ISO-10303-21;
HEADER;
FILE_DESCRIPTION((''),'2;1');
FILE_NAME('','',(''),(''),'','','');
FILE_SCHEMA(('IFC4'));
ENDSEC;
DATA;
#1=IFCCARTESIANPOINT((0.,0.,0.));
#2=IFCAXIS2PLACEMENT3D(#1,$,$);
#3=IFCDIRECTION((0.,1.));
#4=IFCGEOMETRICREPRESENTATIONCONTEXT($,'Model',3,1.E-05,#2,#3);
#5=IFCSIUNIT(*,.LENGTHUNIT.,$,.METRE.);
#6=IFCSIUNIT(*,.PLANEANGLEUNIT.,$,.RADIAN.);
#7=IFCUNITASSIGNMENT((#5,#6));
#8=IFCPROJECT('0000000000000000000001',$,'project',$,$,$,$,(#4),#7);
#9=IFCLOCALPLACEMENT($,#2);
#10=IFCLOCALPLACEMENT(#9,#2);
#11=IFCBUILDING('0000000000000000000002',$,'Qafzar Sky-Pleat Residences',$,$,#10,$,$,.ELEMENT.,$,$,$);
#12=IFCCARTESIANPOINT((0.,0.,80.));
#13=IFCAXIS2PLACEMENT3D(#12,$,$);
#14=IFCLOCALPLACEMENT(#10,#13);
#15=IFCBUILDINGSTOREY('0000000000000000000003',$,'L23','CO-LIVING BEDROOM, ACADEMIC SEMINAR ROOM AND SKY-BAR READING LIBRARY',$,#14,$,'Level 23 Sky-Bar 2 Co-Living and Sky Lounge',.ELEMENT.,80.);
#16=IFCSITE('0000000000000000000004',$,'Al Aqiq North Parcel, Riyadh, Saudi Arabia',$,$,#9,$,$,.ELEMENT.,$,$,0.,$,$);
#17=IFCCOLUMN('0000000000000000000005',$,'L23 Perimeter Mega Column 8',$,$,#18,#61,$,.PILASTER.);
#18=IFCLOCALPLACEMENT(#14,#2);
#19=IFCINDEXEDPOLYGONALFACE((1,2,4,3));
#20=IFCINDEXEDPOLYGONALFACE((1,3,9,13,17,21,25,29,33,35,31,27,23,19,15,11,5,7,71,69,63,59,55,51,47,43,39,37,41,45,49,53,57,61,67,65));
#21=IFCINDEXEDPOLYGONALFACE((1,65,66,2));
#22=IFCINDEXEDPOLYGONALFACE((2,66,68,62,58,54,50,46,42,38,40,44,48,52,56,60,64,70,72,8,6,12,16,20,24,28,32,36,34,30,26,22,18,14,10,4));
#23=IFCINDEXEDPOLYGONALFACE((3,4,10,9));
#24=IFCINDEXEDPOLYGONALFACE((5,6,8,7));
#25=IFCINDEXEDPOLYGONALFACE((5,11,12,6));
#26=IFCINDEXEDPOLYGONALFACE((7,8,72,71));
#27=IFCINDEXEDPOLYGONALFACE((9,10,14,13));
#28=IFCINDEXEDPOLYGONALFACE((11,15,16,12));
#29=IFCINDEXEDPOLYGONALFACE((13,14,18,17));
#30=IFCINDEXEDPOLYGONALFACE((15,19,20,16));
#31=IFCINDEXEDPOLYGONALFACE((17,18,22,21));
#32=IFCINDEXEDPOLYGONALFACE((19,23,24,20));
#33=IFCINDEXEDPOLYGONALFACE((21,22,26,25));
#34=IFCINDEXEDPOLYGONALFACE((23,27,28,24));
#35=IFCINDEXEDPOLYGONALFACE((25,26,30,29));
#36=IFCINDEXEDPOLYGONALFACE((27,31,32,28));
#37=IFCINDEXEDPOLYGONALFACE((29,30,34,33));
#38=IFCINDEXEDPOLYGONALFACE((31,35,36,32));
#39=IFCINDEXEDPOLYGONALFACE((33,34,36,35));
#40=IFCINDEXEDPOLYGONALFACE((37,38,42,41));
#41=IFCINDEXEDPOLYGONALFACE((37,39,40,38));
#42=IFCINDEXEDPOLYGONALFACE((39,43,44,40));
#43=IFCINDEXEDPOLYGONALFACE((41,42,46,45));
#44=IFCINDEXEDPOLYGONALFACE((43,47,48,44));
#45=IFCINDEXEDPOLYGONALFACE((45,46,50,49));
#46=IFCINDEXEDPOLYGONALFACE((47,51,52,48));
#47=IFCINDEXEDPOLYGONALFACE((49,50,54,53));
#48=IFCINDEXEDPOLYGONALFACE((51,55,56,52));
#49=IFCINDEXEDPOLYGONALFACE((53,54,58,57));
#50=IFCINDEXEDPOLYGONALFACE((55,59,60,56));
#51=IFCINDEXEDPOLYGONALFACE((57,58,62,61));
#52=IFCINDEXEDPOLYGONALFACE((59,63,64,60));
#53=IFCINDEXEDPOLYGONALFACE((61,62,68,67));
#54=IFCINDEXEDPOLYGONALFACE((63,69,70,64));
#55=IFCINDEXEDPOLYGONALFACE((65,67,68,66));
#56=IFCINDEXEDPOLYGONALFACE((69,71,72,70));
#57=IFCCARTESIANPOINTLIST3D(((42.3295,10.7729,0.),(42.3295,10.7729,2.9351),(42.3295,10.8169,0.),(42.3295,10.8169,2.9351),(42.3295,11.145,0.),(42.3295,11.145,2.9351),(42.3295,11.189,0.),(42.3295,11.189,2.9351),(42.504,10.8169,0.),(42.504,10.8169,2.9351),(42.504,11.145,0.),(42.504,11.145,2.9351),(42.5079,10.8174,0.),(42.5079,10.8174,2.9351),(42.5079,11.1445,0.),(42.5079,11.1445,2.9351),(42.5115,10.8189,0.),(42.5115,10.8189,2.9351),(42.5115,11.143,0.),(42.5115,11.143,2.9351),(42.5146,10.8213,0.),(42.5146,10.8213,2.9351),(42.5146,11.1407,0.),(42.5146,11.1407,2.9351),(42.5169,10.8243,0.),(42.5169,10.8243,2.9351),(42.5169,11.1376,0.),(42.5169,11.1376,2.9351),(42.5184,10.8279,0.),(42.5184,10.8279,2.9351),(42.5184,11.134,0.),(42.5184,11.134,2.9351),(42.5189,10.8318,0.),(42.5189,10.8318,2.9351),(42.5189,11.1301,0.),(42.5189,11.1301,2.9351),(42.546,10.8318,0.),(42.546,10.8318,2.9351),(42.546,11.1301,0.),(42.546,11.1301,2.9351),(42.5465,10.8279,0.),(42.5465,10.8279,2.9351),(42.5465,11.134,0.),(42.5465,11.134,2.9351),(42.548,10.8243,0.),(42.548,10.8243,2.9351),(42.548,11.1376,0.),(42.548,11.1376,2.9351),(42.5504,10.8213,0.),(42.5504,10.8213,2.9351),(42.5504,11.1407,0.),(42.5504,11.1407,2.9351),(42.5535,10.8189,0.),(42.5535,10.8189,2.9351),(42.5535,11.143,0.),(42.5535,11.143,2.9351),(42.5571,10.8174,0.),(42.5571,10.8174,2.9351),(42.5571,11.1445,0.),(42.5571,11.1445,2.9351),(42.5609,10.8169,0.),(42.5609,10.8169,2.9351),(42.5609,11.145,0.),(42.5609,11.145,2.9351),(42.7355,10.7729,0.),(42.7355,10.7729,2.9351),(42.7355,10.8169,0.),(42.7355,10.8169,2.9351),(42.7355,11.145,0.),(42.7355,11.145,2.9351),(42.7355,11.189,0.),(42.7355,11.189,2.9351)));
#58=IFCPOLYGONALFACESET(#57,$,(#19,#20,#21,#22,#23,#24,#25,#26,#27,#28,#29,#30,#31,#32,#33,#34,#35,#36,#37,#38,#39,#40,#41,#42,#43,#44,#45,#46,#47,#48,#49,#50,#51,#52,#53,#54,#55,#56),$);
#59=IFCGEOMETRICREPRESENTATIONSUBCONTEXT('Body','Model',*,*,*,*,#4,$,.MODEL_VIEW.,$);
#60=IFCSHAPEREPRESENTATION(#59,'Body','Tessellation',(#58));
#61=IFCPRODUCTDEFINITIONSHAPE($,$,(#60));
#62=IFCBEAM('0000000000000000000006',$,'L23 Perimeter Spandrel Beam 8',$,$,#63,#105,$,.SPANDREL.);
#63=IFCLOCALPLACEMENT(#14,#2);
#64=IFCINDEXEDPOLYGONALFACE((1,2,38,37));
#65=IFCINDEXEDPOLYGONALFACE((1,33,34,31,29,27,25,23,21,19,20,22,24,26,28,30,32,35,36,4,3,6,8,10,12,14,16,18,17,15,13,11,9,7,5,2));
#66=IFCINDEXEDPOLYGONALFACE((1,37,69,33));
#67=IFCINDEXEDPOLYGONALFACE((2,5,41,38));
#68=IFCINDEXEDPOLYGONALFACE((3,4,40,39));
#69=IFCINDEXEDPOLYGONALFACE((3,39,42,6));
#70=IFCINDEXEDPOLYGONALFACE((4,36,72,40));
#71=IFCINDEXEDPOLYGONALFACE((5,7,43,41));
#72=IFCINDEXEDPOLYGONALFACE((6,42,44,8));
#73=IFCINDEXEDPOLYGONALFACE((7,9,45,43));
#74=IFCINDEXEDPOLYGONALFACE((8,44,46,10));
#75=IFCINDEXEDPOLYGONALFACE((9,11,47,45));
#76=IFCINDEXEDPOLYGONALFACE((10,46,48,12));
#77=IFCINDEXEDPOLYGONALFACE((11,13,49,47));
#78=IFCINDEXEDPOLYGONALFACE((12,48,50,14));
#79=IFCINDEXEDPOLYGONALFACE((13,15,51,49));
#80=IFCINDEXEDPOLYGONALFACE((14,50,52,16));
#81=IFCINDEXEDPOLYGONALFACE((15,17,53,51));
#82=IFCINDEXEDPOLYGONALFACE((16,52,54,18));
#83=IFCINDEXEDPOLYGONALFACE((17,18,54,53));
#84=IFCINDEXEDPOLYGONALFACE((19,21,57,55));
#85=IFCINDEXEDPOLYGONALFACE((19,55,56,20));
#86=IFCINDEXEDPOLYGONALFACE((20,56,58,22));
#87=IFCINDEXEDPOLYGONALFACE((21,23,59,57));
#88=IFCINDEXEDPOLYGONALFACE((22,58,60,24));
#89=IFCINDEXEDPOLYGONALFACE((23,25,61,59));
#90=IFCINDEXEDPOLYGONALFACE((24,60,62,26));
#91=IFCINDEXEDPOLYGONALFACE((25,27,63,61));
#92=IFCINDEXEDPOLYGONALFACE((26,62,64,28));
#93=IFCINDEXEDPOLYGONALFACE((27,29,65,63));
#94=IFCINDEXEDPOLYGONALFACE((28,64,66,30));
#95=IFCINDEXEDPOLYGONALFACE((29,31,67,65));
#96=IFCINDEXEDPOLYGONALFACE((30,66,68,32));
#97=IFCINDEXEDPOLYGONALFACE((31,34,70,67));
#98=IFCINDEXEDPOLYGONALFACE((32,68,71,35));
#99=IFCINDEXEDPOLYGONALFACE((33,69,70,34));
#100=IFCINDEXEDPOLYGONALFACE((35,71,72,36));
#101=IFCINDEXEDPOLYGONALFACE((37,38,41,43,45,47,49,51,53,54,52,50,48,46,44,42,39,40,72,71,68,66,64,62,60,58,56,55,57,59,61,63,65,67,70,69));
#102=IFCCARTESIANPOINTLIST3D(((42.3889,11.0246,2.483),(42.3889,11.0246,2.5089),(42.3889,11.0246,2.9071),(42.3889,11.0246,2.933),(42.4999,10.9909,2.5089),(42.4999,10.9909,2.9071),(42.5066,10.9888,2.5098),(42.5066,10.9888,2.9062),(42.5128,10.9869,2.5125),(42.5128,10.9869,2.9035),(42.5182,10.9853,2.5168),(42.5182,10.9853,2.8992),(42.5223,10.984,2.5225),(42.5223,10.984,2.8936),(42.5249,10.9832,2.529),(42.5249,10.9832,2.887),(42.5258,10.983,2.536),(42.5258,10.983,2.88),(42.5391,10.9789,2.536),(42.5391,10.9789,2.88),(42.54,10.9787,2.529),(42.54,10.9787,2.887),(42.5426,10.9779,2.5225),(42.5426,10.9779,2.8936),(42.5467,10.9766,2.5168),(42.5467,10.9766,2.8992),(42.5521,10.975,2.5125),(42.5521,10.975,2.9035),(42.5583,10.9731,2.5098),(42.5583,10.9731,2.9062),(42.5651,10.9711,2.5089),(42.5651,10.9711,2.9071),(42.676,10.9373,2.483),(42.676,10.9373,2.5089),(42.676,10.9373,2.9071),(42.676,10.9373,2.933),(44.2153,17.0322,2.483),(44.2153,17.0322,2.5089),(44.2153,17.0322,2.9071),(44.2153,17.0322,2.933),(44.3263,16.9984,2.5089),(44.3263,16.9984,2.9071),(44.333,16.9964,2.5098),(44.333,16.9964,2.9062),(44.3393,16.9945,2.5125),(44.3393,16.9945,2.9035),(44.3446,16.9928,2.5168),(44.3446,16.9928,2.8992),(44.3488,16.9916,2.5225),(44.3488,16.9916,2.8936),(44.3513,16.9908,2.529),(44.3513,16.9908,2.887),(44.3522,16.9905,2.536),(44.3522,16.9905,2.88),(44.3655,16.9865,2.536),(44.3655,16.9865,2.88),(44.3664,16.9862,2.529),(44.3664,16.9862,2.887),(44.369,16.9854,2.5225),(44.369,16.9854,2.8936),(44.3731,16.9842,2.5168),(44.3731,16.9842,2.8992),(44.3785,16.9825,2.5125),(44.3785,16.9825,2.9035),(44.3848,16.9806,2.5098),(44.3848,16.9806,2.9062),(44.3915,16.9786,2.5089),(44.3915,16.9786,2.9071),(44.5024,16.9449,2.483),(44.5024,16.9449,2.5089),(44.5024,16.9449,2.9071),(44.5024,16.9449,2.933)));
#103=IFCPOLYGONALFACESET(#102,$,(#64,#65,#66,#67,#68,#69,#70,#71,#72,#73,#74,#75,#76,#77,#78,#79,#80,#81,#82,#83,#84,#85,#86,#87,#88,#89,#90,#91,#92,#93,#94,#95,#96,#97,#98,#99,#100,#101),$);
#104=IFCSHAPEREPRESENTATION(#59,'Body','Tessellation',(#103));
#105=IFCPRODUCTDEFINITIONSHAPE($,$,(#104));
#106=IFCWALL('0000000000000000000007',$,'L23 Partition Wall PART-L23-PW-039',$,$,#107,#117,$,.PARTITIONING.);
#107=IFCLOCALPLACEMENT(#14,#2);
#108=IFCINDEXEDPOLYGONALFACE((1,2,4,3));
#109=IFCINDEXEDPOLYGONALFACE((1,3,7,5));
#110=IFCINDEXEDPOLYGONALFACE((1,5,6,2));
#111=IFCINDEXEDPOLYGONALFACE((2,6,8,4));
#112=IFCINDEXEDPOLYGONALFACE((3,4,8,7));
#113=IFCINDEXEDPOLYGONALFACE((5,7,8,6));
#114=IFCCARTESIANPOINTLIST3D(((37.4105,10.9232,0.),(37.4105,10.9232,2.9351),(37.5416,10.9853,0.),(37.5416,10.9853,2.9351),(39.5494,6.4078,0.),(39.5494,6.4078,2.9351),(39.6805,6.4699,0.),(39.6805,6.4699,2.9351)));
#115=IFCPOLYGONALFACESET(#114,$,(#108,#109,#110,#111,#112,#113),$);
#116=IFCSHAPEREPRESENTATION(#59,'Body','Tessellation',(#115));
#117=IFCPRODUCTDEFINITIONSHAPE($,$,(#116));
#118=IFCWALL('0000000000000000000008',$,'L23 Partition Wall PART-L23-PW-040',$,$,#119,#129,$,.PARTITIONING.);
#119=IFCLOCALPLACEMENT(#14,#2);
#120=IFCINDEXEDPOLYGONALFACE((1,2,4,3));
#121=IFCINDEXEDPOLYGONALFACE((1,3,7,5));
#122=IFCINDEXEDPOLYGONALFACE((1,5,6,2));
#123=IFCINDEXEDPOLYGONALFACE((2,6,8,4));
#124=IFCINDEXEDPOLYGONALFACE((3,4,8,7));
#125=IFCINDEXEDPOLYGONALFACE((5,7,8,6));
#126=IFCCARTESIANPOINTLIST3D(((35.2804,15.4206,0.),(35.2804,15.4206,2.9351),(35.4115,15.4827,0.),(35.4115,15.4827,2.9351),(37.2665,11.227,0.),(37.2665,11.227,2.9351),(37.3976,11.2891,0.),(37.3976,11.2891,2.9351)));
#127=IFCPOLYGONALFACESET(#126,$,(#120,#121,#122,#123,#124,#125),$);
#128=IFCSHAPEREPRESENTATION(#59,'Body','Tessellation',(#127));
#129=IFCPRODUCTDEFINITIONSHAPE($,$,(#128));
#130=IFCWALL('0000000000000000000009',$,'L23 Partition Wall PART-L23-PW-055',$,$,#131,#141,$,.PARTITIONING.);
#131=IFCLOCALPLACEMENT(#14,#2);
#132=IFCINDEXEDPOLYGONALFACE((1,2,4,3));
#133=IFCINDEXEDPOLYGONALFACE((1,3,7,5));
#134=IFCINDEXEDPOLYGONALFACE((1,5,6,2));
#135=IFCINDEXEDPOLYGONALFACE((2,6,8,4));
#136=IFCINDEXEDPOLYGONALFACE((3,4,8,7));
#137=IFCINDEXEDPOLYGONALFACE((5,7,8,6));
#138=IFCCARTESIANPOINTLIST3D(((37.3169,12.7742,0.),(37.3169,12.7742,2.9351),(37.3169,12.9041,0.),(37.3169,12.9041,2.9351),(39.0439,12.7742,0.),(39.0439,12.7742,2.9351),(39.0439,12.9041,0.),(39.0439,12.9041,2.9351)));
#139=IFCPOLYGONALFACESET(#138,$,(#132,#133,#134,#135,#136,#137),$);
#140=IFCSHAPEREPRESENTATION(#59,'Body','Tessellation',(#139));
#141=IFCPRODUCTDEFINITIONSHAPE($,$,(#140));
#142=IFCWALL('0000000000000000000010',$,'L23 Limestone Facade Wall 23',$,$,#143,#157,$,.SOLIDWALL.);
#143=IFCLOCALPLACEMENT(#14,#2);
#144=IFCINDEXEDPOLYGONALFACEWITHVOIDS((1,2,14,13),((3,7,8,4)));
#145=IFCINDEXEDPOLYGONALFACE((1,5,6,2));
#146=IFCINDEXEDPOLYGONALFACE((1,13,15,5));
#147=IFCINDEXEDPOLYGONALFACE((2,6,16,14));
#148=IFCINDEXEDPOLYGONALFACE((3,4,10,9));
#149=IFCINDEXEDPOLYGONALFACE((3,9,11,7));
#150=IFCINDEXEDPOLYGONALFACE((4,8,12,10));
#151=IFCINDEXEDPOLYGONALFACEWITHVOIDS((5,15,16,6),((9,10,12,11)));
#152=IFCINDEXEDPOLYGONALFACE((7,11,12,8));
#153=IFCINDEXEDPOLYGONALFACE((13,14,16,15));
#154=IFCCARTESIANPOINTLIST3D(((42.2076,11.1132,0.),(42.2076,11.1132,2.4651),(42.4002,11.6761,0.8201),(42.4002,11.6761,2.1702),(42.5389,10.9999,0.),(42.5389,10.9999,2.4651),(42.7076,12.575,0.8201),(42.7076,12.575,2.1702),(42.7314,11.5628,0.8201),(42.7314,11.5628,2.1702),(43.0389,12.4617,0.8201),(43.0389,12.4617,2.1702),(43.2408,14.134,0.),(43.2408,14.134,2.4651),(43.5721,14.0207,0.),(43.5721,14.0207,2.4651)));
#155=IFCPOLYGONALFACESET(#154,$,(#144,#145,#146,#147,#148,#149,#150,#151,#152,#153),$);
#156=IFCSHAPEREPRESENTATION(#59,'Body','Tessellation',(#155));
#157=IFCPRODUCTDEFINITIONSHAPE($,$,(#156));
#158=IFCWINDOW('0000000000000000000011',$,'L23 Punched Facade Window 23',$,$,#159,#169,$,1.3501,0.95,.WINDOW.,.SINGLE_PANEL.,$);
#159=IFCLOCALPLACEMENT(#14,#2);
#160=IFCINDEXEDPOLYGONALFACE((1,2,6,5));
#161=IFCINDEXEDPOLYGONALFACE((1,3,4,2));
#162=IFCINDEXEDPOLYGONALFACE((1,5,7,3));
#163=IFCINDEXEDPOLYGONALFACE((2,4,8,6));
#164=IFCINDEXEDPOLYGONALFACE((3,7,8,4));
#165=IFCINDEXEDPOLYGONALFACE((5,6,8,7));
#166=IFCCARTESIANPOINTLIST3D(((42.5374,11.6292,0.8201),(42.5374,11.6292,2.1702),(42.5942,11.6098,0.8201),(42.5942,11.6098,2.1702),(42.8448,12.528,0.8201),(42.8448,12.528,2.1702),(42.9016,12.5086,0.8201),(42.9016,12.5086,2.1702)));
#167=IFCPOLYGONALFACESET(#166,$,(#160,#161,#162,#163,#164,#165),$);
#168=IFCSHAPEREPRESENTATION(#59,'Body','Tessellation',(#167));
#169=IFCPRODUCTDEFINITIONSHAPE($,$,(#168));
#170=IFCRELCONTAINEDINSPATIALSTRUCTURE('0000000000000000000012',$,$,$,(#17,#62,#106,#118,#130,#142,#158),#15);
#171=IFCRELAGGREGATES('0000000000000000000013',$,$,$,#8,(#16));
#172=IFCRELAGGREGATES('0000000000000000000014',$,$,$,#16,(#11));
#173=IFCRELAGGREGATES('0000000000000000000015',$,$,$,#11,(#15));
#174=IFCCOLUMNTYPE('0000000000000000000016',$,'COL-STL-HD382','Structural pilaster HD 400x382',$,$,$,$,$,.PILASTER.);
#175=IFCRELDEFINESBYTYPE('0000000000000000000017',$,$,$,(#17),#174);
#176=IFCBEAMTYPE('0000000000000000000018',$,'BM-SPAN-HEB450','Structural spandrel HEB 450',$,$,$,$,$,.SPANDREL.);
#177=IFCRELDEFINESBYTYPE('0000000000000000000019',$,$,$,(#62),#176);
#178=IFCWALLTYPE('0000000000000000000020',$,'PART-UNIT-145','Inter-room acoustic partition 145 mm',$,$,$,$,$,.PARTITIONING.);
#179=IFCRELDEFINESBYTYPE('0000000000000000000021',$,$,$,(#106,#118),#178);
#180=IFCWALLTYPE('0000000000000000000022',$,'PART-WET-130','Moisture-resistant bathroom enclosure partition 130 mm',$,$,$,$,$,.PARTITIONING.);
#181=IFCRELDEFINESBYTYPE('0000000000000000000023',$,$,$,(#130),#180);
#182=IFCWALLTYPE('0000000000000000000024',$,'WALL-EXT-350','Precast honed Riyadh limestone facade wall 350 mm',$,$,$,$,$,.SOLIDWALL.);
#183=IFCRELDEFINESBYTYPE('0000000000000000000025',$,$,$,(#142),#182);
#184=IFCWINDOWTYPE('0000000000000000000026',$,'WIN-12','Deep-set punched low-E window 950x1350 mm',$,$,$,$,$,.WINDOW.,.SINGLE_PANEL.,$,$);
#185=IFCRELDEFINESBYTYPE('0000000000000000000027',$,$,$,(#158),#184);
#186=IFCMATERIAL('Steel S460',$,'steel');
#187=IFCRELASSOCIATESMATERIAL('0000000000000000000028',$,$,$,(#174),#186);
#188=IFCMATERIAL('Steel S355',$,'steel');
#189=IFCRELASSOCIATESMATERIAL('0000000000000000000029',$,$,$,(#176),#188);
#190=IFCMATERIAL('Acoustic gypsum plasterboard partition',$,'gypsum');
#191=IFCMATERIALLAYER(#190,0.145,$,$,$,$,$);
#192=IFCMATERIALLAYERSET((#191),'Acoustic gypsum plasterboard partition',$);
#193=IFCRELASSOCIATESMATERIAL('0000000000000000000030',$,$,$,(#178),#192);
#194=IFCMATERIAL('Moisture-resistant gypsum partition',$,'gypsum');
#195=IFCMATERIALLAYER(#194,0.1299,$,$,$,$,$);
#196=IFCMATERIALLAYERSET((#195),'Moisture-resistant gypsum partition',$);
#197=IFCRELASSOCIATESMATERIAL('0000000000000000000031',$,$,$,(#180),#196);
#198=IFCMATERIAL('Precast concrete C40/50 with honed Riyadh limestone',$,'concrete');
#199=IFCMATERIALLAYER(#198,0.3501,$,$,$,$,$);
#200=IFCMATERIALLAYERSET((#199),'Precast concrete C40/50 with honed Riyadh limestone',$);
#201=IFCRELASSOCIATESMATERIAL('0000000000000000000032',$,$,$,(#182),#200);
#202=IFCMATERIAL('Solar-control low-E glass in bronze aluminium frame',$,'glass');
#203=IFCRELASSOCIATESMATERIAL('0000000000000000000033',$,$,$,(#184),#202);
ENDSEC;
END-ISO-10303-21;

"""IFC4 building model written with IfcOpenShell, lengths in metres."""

from ifc_helpers import new_model, si_unit, direction, frame, frame_2d, origin, origin_2d, place, context, subcontext, project, spatial, rectangle, i_section, extrude, source, transform, mapped, material, layer, layer_set, material_profile, profile_set, type_object, element, fill, save


model = new_model("IFC4")

# Units and contexts
model_context = context("Model", 3, precision=1e-05, world=origin(), true_north=direction((0.0, 1.0)))
body_context = subcontext(model_context, "Body", "Model", "MODEL_VIEW")
ifc_project = project(units=[si_unit("LENGTHUNIT", "METRE"), si_unit("PLANEANGLEUNIT", "RADIAN")], contexts=[model_context])

# Site, building, storey
site_placement = place(None, origin())
site = spatial("IfcSite", under=ifc_project, at=site_placement, Name="Al Aqiq North Parcel, Riyadh, Saudi Arabia", CompositionType="ELEMENT", RefElevation=0.0)
building_placement = place(site_placement, origin())
building = spatial("IfcBuilding", under=site, at=building_placement, Name="Qafzar Sky-Pleat Residences", CompositionType="ELEMENT")
storey_placement = place(building_placement, frame((0.0, 0.0, 80.0)))
storey = spatial("IfcBuildingStorey", under=building, at=storey_placement, Name="L23", Description="CO-LIVING BEDROOM, ACADEMIC SEMINAR ROOM AND SKY-BAR READING LIBRARY", LongName="Level 23 Sky-Bar 2 Co-Living and Sky Lounge", CompositionType="ELEMENT", Elevation=80.0)

# Column
ifc_material_1 = material(Name="Steel S460", Category="steel")
ifc_material_profile_1 = material_profile(ifc_material_1, i_section(OverallWidth=0.406, OverallDepth=0.416, WebThickness=0.0271, FlangeThickness=0.0439, FilletRadius=0.0149, at=origin_2d()), Name="HD 400x382")
ifc_profile_set_1 = profile_set([ifc_material_profile_1], Name="Steel S460")
column_type = type_object("IfcColumnType", Name="COL-STL-HD382", Description="Structural pilaster HD 400x382", PredefinedType="PILASTER", material=ifc_profile_set_1)
shared_shape_1 = source(origin(), body_context, "Body", "SweptSolid", [
    extrude(i_section(OverallWidth=0.406, OverallDepth=0.416, WebThickness=0.0271, FlangeThickness=0.0439, FilletRadius=0.0149, at=origin_2d()), origin(), (0.0, 0.0, 1.0), 2.9351),
])
column_placement = place(storey_placement, frame((42.5325, 10.981, 0.0), z_axis=(0.0, 0.0, 1.0), x_axis=(1.0, 0.0, 0.0)))
element("IfcColumn", 1, at=column_placement, inside=storey, type_object=column_type, Name="L23 Perimeter Mega Column 8", PredefinedType="PILASTER", context=body_context, shape_type="MappedRepresentation", body=[
    mapped(shared_shape_1, transform((0.0, 0.0, 0.0), x_axis=(1.0, 0.0, 0.0), y_axis=(0.0, 1.0, 0.0), z_axis=(0.0, 0.0, 1.0), scale=1.0)),
])

# Beam
ifc_material_2 = material(Name="Steel S355", Category="steel")
ifc_material_profile_2 = material_profile(ifc_material_2, i_section(OverallWidth=0.3, OverallDepth=0.45, WebThickness=0.0139, FlangeThickness=0.0259, FilletRadius=0.0271, at=origin_2d()), Name="HEB 450")
ifc_profile_set_2 = profile_set([ifc_material_profile_2], Name="Steel S355")
beam_type = type_object("IfcBeamType", Name="BM-SPAN-HEB450", Description="Structural spandrel HEB 450", PredefinedType="SPANDREL", material=ifc_profile_set_2)
shared_shape_2 = source(origin(), body_context, "Body", "SweptSolid", [
    extrude(i_section(OverallWidth=0.3, OverallDepth=0.45, WebThickness=0.0139, FlangeThickness=0.0259, FilletRadius=0.0271, at=origin_2d()), origin(), (0.0, 0.0, 1.0), 6.2791),
])
beam_placement = place(storey_placement, frame((42.5325, 10.981, 2.708), z_axis=(0.290874, 0.956761, 0.0), x_axis=(-0.956761, 0.290874, 0.0)))
element("IfcBeam", 2, at=beam_placement, inside=storey, type_object=beam_type, Name="L23 Perimeter Spandrel Beam 8", PredefinedType="SPANDREL", context=body_context, shape_type="MappedRepresentation", body=[
    mapped(shared_shape_2, transform((0.0, 0.0, 0.0), x_axis=(1.0, 0.0, 0.0), y_axis=(0.0, 1.0, 0.0), z_axis=(0.0, 0.0, 1.0), scale=1.0)),
])

# Walls
ifc_material_3 = material(Name="Acoustic gypsum plasterboard partition", Category="gypsum")
ifc_layer_1 = layer(ifc_material_3, 0.145)
ifc_layer_set_1 = layer_set([ifc_layer_1], Name="Acoustic gypsum plasterboard partition")
wall_type_1 = type_object("IfcWallType", Name="PART-UNIT-145", Description="Inter-room acoustic partition 145 mm", PredefinedType="PARTITIONING", material=ifc_layer_set_1)
wall_1_placement = place(storey_placement, frame((37.4761, 10.9541, 0.0), z_axis=(0.0, 0.0, 1.0), x_axis=(0.428095, -0.903734, 0.0)))
element("IfcWall", 3, at=wall_1_placement, inside=storey, type_object=wall_type_1, Name="L23 Partition Wall PART-L23-PW-039", PredefinedType="PARTITIONING", context=body_context, shape_type="SweptSolid", body=[
    extrude(rectangle(XDim=4.9963, YDim=0.145, at=frame_2d((2.498, 0.0))), origin(), (0.0, 0.0, 1.0), 2.9351),
])
wall_2_placement = place(storey_placement, frame((35.3459, 15.4517, 0.0), z_axis=(0.0, 0.0, 1.0), x_axis=(0.428023, -0.903768, 0.0)))
element("IfcWall", 4, at=wall_2_placement, inside=storey, type_object=wall_type_1, Name="L23 Partition Wall PART-L23-PW-040", PredefinedType="PARTITIONING", context=body_context, shape_type="SweptSolid", body=[
    extrude(rectangle(XDim=4.6401, YDim=0.145, at=frame_2d((2.3201, 0.0))), origin(), (0.0, 0.0, 1.0), 2.9351),
])
ifc_material_4 = material(Name="Moisture-resistant gypsum partition", Category="gypsum")
ifc_layer_2 = layer(ifc_material_4, 0.1299)
ifc_layer_set_2 = layer_set([ifc_layer_2], Name="Moisture-resistant gypsum partition")
wall_type_2 = type_object("IfcWallType", Name="PART-WET-130", Description="Moisture-resistant bathroom enclosure partition 130 mm", PredefinedType="PARTITIONING", material=ifc_layer_set_2)
wall_3_placement = place(storey_placement, frame((37.3169, 12.8391, 0.0), z_axis=(0.0, 0.0, 1.0), x_axis=(1.0, 0.0, 0.0)))
element("IfcWall", 5, at=wall_3_placement, inside=storey, type_object=wall_type_2, Name="L23 Partition Wall PART-L23-PW-055", PredefinedType="PARTITIONING", context=body_context, shape_type="SweptSolid", body=[
    extrude(rectangle(XDim=1.7271, YDim=0.1299, at=frame_2d((0.8635, 0.0))), origin(), (0.0, 0.0, 1.0), 2.9351),
])

# Wall, opening, window
ifc_material_5 = material(Name="Precast concrete C40/50 with honed Riyadh limestone", Category="concrete")
ifc_layer_3 = layer(ifc_material_5, 0.3501)
ifc_layer_set_3 = layer_set([ifc_layer_3], Name="Precast concrete C40/50 with honed Riyadh limestone")
wall_type_3 = type_object("IfcWallType", Name="WALL-EXT-350", Description="Precast honed Riyadh limestone facade wall 350 mm", PredefinedType="SOLIDWALL", material=ifc_layer_set_3)
wall_4_placement = place(storey_placement, frame((42.3733, 11.0566, 0.0), z_axis=(0.0, 0.0, 1.0), x_axis=(0.323628, 0.946184, 0.0)))
wall_4 = element("IfcWall", 6, at=wall_4_placement, inside=storey, type_object=wall_type_3, Name="L23 Limestone Facade Wall 23", PredefinedType="SOLIDWALL", context=body_context, shape_type="SweptSolid", body=[
    extrude(rectangle(XDim=3.1926, YDim=0.3501, at=frame_2d((1.5962, 0.0))), origin(), (0.0, 0.0, 1.0), 2.4651),
])
opening_1_placement = place(wall_4_placement, frame((0.5947, 0.0, 0.8201)))
opening_1 = element("IfcOpeningElement", 7, at=opening_1_placement, cuts=wall_4, PredefinedType="OPENING", context=body_context, shape_type="SweptSolid", body=[
    extrude(rectangle(XDim=0.95, YDim=1.3501, at=frame_2d((0.4751, 0.675))), frame((0.0, 0.1851, 0.0), z_axis=(0.0, -1.0, 0.0), x_axis=(1.0, 0.0, 0.0)), (0.0, 0.0, 1.0), 0.3701),
])
ifc_material_6 = material(Name="Solar-control low-E glass in bronze aluminium frame", Category="glass")
window_type = type_object("IfcWindowType", Name="WIN-12", Description="Deep-set punched low-E window 950x1350 mm", PartitioningType="SINGLE_PANEL", PredefinedType="WINDOW", material=ifc_material_6)
shared_shape_3 = source(origin(), body_context, "Body", "SweptSolid", [
    extrude(rectangle(XDim=0.95, YDim=1.3501, at=frame_2d((0.4751, 0.675))), frame((0.0, 0.03, 0.0), z_axis=(0.0, -1.0, 0.0), x_axis=(1.0, 0.0, 0.0)), (0.0, 0.0, 1.0), 0.0601),
])
window_placement = place(opening_1_placement, origin())
window = element("IfcWindow", 8, at=window_placement, inside=storey, type_object=window_type, Name="L23 Punched Facade Window 23", OverallHeight=1.3501, OverallWidth=0.95, PartitioningType="SINGLE_PANEL", PredefinedType="WINDOW", context=body_context, shape_type="MappedRepresentation", body=[
    mapped(shared_shape_3, transform((0.0, 0.0, 0.0), x_axis=(1.0, 0.0, 0.0), y_axis=(0.0, 1.0, 0.0), z_axis=(0.0, 0.0, 1.0), scale=1.0)),
])
fill(opening_1, window)

save(model, "model.ifc")
